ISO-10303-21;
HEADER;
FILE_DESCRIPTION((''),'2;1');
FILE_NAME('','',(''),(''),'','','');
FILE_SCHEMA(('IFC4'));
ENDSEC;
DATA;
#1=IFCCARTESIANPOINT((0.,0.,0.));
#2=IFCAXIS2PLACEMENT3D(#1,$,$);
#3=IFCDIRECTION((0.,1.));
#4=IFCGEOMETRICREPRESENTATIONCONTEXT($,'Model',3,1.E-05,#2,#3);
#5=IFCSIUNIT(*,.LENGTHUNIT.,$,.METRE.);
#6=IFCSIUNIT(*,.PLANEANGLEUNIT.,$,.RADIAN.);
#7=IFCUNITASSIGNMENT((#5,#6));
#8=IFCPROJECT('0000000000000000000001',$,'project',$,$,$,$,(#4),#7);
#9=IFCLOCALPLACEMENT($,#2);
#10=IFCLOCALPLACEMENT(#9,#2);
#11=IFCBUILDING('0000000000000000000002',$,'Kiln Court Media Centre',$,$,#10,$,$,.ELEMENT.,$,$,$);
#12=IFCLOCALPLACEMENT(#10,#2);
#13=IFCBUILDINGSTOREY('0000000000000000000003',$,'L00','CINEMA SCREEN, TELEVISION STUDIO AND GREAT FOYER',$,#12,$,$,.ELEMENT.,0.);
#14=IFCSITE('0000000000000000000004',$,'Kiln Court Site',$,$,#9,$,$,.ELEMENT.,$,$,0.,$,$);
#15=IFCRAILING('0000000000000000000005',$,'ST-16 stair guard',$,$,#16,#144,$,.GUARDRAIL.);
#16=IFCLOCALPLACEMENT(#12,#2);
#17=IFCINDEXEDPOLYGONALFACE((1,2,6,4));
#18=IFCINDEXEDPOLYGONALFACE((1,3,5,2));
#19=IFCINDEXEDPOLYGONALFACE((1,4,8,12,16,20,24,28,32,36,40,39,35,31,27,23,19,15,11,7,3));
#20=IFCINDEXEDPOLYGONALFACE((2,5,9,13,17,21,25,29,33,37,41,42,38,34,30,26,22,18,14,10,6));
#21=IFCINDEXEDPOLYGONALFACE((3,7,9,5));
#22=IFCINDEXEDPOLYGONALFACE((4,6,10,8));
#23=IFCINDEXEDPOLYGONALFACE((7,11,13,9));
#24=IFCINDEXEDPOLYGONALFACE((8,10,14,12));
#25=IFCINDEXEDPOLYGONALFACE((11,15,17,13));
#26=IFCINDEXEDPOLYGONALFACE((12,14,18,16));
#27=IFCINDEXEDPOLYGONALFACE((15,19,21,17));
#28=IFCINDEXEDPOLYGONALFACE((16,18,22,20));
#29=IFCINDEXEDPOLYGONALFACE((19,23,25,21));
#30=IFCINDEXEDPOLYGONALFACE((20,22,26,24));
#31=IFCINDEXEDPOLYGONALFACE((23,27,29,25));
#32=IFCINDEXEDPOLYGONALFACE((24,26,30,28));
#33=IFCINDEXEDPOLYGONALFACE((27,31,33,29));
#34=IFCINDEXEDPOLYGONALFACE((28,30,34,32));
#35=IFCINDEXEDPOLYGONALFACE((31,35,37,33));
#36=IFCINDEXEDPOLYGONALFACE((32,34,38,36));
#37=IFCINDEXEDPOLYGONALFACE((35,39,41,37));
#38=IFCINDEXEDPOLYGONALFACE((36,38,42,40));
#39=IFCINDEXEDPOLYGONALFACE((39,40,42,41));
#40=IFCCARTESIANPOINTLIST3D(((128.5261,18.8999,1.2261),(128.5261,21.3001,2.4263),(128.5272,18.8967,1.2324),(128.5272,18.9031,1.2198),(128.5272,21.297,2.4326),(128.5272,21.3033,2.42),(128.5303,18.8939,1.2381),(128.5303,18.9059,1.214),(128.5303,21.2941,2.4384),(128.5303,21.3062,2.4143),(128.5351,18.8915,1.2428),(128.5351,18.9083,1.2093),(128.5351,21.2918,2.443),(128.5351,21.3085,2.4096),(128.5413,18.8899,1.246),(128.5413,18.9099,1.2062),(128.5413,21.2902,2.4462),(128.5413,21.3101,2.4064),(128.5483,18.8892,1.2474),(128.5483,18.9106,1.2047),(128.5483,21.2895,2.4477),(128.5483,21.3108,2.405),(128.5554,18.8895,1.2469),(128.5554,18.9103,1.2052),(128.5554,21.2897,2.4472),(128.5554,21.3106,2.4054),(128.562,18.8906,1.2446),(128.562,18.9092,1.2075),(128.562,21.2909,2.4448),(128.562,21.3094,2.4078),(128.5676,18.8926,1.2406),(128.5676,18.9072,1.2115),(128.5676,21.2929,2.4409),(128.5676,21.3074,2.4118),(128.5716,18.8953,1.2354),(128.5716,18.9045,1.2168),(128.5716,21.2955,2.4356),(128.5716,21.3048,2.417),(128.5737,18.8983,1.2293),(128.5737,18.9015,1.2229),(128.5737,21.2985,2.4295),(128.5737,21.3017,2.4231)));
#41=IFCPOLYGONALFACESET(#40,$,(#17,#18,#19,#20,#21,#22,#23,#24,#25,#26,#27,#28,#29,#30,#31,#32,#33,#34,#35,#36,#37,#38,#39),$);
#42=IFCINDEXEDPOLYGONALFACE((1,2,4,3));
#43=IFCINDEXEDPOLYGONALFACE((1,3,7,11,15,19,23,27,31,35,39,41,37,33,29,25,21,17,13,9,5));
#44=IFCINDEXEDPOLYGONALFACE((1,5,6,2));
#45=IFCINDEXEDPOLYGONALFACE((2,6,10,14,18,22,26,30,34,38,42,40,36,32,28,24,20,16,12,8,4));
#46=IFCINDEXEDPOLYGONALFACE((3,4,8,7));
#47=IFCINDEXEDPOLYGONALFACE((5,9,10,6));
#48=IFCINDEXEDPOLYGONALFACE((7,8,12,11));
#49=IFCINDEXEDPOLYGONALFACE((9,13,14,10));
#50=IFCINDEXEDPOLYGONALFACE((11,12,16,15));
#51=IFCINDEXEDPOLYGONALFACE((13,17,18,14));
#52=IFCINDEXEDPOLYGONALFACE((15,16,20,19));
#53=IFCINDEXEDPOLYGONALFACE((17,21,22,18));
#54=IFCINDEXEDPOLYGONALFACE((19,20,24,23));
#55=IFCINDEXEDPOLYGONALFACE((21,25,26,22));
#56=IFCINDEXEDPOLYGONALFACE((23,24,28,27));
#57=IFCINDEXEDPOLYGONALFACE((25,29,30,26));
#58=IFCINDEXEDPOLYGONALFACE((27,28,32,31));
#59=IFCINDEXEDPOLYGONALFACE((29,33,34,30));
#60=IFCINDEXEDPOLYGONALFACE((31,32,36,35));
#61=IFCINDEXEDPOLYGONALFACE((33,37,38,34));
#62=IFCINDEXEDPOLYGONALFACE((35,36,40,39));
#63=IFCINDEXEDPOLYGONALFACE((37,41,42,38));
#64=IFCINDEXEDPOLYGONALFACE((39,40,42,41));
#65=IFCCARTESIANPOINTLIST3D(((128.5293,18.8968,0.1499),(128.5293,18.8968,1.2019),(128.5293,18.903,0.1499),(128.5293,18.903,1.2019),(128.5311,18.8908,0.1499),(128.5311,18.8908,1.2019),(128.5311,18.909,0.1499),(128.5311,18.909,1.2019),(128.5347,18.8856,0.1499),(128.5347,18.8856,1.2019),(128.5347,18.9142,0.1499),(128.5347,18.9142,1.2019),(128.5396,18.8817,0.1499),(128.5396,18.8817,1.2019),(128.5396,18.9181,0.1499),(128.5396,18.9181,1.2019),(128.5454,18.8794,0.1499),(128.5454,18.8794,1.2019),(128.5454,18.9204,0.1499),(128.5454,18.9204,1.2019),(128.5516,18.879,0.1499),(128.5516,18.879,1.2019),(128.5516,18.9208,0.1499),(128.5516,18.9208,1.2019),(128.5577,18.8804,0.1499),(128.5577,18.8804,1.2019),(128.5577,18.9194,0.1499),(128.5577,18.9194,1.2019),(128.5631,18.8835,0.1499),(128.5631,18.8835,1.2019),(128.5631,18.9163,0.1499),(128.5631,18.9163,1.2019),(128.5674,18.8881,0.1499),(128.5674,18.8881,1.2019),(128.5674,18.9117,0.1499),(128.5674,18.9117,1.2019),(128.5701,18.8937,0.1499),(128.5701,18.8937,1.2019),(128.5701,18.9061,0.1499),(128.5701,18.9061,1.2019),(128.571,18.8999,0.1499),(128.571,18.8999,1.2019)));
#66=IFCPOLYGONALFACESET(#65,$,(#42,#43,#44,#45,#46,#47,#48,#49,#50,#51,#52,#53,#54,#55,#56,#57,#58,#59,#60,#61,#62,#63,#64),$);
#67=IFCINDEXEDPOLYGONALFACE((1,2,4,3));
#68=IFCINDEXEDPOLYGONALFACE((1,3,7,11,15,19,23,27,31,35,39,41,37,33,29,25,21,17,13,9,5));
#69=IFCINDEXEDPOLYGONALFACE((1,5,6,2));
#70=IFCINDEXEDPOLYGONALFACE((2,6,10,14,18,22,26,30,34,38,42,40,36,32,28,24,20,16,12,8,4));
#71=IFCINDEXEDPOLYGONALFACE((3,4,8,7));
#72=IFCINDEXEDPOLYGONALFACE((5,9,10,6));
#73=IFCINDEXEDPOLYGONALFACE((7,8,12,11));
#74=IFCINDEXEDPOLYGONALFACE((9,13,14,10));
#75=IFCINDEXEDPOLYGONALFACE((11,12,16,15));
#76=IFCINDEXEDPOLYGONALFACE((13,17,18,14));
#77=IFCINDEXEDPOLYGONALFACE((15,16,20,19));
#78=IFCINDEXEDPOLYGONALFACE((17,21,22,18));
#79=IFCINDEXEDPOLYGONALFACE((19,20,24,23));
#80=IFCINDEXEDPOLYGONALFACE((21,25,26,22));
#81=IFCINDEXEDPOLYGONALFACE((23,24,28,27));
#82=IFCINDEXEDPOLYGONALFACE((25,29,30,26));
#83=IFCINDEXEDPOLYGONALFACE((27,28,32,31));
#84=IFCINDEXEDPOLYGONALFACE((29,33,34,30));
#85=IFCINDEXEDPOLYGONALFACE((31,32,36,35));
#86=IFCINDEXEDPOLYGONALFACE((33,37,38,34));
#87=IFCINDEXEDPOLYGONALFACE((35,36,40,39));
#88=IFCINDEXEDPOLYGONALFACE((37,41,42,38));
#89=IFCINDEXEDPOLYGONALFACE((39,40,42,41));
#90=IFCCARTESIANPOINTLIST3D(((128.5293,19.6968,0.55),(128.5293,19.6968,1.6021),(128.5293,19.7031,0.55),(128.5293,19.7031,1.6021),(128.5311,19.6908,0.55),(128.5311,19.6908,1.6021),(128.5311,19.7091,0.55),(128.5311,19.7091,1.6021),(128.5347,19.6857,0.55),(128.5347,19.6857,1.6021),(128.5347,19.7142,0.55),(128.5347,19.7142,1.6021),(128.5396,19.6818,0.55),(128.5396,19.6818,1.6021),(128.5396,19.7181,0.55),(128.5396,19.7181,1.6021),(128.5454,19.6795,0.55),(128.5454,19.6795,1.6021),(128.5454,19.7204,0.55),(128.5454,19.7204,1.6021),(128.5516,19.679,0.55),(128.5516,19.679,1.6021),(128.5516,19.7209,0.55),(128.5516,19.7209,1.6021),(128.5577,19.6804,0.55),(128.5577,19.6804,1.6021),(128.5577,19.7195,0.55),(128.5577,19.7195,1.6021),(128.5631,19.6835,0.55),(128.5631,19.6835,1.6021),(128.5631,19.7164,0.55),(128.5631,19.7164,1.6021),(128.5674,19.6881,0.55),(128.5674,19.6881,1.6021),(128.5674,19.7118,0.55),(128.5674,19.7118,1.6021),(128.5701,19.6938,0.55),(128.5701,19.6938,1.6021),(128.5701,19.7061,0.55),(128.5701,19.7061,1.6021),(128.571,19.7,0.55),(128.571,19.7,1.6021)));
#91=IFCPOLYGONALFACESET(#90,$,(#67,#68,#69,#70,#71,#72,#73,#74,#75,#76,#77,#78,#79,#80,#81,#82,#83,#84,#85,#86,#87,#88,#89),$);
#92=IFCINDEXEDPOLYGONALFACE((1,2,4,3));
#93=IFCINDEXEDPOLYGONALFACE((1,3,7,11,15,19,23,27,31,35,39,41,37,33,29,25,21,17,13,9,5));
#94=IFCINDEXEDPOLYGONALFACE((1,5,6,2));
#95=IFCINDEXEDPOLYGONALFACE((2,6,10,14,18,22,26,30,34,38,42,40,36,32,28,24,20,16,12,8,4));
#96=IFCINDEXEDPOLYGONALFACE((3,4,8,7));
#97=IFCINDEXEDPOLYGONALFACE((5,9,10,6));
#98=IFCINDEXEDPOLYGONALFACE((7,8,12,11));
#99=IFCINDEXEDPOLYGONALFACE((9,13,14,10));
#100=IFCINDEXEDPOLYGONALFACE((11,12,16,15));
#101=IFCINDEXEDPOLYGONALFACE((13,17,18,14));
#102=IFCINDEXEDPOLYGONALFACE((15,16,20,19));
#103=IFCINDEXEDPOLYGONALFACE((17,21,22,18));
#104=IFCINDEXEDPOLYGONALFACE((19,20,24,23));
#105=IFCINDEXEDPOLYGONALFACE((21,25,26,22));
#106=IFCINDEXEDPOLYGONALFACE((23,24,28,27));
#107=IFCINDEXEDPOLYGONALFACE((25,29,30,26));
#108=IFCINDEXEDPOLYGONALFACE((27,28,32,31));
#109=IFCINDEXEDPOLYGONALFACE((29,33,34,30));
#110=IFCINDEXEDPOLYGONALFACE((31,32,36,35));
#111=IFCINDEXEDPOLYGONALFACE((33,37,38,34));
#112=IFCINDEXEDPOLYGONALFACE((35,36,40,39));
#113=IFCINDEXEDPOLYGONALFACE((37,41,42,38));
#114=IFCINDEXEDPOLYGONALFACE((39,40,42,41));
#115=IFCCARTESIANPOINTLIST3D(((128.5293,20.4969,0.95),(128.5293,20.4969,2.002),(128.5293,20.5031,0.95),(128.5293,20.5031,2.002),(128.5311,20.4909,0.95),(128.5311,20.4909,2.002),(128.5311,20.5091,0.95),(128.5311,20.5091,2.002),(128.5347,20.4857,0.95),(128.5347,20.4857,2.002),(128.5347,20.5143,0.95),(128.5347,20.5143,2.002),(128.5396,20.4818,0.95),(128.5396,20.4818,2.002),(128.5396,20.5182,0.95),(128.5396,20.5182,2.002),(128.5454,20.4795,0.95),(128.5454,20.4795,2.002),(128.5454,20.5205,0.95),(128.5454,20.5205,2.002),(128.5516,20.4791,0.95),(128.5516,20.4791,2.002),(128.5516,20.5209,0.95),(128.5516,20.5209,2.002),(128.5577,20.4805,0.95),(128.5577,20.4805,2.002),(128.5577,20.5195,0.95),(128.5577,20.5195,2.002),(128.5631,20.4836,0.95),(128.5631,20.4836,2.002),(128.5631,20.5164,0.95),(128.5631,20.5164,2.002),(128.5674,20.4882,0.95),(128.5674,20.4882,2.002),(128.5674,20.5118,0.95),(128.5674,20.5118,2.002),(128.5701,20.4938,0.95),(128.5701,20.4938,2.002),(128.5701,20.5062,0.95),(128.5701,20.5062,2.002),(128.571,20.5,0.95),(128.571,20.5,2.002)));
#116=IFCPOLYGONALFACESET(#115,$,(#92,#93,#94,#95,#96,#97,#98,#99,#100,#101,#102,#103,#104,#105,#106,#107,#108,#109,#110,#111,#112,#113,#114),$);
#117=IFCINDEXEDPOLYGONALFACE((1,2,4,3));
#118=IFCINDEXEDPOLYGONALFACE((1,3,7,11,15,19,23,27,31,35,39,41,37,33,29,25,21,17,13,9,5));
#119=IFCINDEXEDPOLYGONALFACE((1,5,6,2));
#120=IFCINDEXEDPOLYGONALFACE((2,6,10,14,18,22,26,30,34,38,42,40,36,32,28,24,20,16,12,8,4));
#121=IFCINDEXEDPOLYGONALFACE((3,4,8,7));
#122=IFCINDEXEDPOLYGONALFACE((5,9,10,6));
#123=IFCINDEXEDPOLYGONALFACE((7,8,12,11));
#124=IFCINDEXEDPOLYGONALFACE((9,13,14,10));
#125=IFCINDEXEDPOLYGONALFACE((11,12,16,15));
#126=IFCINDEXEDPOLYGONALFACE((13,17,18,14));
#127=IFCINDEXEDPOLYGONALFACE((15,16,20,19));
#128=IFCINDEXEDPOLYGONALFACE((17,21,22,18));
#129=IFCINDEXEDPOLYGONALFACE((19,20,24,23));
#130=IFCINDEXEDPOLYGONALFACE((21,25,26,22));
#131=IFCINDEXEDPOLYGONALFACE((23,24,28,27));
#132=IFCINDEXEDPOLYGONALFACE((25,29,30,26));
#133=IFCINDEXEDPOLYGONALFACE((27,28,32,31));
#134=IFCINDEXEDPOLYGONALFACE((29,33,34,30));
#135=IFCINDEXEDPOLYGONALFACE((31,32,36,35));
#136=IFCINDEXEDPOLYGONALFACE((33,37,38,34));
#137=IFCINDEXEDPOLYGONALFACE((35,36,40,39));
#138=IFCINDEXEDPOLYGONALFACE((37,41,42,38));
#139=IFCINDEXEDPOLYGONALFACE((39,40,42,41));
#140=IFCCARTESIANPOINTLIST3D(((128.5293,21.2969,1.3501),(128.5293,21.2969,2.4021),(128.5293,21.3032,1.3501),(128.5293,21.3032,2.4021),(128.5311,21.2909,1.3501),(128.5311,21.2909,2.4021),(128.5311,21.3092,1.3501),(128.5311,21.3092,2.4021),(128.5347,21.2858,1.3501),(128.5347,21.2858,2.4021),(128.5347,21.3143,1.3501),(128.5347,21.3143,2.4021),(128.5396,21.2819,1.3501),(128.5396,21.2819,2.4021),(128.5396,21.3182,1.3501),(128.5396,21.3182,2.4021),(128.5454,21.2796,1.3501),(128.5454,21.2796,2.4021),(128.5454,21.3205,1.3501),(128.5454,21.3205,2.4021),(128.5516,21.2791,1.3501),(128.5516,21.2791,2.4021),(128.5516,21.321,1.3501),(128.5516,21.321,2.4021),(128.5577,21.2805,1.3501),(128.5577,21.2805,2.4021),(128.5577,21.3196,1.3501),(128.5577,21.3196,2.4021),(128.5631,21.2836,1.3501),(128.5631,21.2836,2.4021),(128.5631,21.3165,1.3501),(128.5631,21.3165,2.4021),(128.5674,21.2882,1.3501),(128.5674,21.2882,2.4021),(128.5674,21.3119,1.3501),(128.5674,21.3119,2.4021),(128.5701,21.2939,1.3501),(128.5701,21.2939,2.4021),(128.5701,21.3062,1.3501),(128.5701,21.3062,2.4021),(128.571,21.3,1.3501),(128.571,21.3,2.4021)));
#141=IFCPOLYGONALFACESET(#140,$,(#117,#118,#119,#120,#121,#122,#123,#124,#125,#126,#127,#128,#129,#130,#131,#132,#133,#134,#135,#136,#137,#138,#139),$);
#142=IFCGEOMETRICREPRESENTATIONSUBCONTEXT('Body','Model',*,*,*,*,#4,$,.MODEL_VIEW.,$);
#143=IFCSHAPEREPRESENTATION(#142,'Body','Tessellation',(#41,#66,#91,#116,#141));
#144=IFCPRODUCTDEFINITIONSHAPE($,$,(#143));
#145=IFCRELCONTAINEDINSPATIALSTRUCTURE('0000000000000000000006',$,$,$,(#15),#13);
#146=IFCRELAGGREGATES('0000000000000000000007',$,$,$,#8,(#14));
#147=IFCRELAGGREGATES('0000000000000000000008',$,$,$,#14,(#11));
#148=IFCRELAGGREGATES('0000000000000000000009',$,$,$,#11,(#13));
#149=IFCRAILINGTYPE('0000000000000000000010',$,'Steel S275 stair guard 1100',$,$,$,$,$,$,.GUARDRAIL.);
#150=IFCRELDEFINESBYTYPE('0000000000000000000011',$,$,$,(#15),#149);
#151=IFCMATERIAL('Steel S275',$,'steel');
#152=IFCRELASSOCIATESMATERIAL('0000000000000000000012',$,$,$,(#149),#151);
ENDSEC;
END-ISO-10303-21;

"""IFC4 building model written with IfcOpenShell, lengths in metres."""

from ifc_helpers import new_model, si_unit, direction, frame, origin, origin_2d, place, context, subcontext, project, spatial, circle, extrude, material, type_object, element, save


model = new_model("IFC4")

# Units and contexts
model_context = context("Model", 3, precision=1e-05, world=origin(), true_north=direction((0.0, 1.0)))
body_context = subcontext(model_context, "Body", "Model", "MODEL_VIEW")
ifc_project = project(units=[si_unit("LENGTHUNIT", "METRE"), si_unit("PLANEANGLEUNIT", "RADIAN")], contexts=[model_context])

# Site, building, storey
site_placement = place(None, origin())
site = spatial("IfcSite", under=ifc_project, at=site_placement, Name="Kiln Court Site", CompositionType="ELEMENT", RefElevation=0.0)
building_placement = place(site_placement, origin())
building = spatial("IfcBuilding", under=site, at=building_placement, Name="Kiln Court Media Centre", CompositionType="ELEMENT")
storey_placement = place(building_placement, origin())
storey = spatial("IfcBuildingStorey", under=building, at=storey_placement, Name="L00", Description="CINEMA SCREEN, TELEVISION STUDIO AND GREAT FOYER", CompositionType="ELEMENT", Elevation=0.0)

# Railing
ifc_material_1 = material(Name="Steel S275", Category="steel")
railing_type_1 = type_object("IfcRailingType", Name="Steel S275 stair guard 1100", PredefinedType="GUARDRAIL", material=ifc_material_1)
railing_1_placement = place(storey_placement, frame((128.55, 18.8999, 0.1499)))
element("IfcRailing", 1, at=railing_1_placement, inside=storey, type_object=railing_type_1, Name="ST-16 stair guard", PredefinedType="GUARDRAIL", context=body_context, shape_type="SweptSolid", body=[
    extrude(circle(Radius=0.0239, at=origin_2d()), frame((0.0, 0.0, 1.0762), z_axis=(0.0, 0.894409, 0.44725), x_axis=(-1.0, 0.0, 0.0)), (0.0, 0.0, 1.0), 2.6836),
    extrude(circle(Radius=0.021, at=origin_2d()), origin(), (0.0, 0.0, 1.0), 1.052),
    extrude(circle(Radius=0.021, at=origin_2d()), frame((0.0, 0.8, 0.4001)), (0.0, 0.0, 1.0), 1.052),
    extrude(circle(Radius=0.021, at=origin_2d()), frame((0.0, 1.6001, 0.8)), (0.0, 0.0, 1.0), 1.052),
    extrude(circle(Radius=0.021, at=origin_2d()), frame((0.0, 2.4001, 1.2002)), (0.0, 0.0, 1.0), 1.052),
])

save(model, "model.ifc")
